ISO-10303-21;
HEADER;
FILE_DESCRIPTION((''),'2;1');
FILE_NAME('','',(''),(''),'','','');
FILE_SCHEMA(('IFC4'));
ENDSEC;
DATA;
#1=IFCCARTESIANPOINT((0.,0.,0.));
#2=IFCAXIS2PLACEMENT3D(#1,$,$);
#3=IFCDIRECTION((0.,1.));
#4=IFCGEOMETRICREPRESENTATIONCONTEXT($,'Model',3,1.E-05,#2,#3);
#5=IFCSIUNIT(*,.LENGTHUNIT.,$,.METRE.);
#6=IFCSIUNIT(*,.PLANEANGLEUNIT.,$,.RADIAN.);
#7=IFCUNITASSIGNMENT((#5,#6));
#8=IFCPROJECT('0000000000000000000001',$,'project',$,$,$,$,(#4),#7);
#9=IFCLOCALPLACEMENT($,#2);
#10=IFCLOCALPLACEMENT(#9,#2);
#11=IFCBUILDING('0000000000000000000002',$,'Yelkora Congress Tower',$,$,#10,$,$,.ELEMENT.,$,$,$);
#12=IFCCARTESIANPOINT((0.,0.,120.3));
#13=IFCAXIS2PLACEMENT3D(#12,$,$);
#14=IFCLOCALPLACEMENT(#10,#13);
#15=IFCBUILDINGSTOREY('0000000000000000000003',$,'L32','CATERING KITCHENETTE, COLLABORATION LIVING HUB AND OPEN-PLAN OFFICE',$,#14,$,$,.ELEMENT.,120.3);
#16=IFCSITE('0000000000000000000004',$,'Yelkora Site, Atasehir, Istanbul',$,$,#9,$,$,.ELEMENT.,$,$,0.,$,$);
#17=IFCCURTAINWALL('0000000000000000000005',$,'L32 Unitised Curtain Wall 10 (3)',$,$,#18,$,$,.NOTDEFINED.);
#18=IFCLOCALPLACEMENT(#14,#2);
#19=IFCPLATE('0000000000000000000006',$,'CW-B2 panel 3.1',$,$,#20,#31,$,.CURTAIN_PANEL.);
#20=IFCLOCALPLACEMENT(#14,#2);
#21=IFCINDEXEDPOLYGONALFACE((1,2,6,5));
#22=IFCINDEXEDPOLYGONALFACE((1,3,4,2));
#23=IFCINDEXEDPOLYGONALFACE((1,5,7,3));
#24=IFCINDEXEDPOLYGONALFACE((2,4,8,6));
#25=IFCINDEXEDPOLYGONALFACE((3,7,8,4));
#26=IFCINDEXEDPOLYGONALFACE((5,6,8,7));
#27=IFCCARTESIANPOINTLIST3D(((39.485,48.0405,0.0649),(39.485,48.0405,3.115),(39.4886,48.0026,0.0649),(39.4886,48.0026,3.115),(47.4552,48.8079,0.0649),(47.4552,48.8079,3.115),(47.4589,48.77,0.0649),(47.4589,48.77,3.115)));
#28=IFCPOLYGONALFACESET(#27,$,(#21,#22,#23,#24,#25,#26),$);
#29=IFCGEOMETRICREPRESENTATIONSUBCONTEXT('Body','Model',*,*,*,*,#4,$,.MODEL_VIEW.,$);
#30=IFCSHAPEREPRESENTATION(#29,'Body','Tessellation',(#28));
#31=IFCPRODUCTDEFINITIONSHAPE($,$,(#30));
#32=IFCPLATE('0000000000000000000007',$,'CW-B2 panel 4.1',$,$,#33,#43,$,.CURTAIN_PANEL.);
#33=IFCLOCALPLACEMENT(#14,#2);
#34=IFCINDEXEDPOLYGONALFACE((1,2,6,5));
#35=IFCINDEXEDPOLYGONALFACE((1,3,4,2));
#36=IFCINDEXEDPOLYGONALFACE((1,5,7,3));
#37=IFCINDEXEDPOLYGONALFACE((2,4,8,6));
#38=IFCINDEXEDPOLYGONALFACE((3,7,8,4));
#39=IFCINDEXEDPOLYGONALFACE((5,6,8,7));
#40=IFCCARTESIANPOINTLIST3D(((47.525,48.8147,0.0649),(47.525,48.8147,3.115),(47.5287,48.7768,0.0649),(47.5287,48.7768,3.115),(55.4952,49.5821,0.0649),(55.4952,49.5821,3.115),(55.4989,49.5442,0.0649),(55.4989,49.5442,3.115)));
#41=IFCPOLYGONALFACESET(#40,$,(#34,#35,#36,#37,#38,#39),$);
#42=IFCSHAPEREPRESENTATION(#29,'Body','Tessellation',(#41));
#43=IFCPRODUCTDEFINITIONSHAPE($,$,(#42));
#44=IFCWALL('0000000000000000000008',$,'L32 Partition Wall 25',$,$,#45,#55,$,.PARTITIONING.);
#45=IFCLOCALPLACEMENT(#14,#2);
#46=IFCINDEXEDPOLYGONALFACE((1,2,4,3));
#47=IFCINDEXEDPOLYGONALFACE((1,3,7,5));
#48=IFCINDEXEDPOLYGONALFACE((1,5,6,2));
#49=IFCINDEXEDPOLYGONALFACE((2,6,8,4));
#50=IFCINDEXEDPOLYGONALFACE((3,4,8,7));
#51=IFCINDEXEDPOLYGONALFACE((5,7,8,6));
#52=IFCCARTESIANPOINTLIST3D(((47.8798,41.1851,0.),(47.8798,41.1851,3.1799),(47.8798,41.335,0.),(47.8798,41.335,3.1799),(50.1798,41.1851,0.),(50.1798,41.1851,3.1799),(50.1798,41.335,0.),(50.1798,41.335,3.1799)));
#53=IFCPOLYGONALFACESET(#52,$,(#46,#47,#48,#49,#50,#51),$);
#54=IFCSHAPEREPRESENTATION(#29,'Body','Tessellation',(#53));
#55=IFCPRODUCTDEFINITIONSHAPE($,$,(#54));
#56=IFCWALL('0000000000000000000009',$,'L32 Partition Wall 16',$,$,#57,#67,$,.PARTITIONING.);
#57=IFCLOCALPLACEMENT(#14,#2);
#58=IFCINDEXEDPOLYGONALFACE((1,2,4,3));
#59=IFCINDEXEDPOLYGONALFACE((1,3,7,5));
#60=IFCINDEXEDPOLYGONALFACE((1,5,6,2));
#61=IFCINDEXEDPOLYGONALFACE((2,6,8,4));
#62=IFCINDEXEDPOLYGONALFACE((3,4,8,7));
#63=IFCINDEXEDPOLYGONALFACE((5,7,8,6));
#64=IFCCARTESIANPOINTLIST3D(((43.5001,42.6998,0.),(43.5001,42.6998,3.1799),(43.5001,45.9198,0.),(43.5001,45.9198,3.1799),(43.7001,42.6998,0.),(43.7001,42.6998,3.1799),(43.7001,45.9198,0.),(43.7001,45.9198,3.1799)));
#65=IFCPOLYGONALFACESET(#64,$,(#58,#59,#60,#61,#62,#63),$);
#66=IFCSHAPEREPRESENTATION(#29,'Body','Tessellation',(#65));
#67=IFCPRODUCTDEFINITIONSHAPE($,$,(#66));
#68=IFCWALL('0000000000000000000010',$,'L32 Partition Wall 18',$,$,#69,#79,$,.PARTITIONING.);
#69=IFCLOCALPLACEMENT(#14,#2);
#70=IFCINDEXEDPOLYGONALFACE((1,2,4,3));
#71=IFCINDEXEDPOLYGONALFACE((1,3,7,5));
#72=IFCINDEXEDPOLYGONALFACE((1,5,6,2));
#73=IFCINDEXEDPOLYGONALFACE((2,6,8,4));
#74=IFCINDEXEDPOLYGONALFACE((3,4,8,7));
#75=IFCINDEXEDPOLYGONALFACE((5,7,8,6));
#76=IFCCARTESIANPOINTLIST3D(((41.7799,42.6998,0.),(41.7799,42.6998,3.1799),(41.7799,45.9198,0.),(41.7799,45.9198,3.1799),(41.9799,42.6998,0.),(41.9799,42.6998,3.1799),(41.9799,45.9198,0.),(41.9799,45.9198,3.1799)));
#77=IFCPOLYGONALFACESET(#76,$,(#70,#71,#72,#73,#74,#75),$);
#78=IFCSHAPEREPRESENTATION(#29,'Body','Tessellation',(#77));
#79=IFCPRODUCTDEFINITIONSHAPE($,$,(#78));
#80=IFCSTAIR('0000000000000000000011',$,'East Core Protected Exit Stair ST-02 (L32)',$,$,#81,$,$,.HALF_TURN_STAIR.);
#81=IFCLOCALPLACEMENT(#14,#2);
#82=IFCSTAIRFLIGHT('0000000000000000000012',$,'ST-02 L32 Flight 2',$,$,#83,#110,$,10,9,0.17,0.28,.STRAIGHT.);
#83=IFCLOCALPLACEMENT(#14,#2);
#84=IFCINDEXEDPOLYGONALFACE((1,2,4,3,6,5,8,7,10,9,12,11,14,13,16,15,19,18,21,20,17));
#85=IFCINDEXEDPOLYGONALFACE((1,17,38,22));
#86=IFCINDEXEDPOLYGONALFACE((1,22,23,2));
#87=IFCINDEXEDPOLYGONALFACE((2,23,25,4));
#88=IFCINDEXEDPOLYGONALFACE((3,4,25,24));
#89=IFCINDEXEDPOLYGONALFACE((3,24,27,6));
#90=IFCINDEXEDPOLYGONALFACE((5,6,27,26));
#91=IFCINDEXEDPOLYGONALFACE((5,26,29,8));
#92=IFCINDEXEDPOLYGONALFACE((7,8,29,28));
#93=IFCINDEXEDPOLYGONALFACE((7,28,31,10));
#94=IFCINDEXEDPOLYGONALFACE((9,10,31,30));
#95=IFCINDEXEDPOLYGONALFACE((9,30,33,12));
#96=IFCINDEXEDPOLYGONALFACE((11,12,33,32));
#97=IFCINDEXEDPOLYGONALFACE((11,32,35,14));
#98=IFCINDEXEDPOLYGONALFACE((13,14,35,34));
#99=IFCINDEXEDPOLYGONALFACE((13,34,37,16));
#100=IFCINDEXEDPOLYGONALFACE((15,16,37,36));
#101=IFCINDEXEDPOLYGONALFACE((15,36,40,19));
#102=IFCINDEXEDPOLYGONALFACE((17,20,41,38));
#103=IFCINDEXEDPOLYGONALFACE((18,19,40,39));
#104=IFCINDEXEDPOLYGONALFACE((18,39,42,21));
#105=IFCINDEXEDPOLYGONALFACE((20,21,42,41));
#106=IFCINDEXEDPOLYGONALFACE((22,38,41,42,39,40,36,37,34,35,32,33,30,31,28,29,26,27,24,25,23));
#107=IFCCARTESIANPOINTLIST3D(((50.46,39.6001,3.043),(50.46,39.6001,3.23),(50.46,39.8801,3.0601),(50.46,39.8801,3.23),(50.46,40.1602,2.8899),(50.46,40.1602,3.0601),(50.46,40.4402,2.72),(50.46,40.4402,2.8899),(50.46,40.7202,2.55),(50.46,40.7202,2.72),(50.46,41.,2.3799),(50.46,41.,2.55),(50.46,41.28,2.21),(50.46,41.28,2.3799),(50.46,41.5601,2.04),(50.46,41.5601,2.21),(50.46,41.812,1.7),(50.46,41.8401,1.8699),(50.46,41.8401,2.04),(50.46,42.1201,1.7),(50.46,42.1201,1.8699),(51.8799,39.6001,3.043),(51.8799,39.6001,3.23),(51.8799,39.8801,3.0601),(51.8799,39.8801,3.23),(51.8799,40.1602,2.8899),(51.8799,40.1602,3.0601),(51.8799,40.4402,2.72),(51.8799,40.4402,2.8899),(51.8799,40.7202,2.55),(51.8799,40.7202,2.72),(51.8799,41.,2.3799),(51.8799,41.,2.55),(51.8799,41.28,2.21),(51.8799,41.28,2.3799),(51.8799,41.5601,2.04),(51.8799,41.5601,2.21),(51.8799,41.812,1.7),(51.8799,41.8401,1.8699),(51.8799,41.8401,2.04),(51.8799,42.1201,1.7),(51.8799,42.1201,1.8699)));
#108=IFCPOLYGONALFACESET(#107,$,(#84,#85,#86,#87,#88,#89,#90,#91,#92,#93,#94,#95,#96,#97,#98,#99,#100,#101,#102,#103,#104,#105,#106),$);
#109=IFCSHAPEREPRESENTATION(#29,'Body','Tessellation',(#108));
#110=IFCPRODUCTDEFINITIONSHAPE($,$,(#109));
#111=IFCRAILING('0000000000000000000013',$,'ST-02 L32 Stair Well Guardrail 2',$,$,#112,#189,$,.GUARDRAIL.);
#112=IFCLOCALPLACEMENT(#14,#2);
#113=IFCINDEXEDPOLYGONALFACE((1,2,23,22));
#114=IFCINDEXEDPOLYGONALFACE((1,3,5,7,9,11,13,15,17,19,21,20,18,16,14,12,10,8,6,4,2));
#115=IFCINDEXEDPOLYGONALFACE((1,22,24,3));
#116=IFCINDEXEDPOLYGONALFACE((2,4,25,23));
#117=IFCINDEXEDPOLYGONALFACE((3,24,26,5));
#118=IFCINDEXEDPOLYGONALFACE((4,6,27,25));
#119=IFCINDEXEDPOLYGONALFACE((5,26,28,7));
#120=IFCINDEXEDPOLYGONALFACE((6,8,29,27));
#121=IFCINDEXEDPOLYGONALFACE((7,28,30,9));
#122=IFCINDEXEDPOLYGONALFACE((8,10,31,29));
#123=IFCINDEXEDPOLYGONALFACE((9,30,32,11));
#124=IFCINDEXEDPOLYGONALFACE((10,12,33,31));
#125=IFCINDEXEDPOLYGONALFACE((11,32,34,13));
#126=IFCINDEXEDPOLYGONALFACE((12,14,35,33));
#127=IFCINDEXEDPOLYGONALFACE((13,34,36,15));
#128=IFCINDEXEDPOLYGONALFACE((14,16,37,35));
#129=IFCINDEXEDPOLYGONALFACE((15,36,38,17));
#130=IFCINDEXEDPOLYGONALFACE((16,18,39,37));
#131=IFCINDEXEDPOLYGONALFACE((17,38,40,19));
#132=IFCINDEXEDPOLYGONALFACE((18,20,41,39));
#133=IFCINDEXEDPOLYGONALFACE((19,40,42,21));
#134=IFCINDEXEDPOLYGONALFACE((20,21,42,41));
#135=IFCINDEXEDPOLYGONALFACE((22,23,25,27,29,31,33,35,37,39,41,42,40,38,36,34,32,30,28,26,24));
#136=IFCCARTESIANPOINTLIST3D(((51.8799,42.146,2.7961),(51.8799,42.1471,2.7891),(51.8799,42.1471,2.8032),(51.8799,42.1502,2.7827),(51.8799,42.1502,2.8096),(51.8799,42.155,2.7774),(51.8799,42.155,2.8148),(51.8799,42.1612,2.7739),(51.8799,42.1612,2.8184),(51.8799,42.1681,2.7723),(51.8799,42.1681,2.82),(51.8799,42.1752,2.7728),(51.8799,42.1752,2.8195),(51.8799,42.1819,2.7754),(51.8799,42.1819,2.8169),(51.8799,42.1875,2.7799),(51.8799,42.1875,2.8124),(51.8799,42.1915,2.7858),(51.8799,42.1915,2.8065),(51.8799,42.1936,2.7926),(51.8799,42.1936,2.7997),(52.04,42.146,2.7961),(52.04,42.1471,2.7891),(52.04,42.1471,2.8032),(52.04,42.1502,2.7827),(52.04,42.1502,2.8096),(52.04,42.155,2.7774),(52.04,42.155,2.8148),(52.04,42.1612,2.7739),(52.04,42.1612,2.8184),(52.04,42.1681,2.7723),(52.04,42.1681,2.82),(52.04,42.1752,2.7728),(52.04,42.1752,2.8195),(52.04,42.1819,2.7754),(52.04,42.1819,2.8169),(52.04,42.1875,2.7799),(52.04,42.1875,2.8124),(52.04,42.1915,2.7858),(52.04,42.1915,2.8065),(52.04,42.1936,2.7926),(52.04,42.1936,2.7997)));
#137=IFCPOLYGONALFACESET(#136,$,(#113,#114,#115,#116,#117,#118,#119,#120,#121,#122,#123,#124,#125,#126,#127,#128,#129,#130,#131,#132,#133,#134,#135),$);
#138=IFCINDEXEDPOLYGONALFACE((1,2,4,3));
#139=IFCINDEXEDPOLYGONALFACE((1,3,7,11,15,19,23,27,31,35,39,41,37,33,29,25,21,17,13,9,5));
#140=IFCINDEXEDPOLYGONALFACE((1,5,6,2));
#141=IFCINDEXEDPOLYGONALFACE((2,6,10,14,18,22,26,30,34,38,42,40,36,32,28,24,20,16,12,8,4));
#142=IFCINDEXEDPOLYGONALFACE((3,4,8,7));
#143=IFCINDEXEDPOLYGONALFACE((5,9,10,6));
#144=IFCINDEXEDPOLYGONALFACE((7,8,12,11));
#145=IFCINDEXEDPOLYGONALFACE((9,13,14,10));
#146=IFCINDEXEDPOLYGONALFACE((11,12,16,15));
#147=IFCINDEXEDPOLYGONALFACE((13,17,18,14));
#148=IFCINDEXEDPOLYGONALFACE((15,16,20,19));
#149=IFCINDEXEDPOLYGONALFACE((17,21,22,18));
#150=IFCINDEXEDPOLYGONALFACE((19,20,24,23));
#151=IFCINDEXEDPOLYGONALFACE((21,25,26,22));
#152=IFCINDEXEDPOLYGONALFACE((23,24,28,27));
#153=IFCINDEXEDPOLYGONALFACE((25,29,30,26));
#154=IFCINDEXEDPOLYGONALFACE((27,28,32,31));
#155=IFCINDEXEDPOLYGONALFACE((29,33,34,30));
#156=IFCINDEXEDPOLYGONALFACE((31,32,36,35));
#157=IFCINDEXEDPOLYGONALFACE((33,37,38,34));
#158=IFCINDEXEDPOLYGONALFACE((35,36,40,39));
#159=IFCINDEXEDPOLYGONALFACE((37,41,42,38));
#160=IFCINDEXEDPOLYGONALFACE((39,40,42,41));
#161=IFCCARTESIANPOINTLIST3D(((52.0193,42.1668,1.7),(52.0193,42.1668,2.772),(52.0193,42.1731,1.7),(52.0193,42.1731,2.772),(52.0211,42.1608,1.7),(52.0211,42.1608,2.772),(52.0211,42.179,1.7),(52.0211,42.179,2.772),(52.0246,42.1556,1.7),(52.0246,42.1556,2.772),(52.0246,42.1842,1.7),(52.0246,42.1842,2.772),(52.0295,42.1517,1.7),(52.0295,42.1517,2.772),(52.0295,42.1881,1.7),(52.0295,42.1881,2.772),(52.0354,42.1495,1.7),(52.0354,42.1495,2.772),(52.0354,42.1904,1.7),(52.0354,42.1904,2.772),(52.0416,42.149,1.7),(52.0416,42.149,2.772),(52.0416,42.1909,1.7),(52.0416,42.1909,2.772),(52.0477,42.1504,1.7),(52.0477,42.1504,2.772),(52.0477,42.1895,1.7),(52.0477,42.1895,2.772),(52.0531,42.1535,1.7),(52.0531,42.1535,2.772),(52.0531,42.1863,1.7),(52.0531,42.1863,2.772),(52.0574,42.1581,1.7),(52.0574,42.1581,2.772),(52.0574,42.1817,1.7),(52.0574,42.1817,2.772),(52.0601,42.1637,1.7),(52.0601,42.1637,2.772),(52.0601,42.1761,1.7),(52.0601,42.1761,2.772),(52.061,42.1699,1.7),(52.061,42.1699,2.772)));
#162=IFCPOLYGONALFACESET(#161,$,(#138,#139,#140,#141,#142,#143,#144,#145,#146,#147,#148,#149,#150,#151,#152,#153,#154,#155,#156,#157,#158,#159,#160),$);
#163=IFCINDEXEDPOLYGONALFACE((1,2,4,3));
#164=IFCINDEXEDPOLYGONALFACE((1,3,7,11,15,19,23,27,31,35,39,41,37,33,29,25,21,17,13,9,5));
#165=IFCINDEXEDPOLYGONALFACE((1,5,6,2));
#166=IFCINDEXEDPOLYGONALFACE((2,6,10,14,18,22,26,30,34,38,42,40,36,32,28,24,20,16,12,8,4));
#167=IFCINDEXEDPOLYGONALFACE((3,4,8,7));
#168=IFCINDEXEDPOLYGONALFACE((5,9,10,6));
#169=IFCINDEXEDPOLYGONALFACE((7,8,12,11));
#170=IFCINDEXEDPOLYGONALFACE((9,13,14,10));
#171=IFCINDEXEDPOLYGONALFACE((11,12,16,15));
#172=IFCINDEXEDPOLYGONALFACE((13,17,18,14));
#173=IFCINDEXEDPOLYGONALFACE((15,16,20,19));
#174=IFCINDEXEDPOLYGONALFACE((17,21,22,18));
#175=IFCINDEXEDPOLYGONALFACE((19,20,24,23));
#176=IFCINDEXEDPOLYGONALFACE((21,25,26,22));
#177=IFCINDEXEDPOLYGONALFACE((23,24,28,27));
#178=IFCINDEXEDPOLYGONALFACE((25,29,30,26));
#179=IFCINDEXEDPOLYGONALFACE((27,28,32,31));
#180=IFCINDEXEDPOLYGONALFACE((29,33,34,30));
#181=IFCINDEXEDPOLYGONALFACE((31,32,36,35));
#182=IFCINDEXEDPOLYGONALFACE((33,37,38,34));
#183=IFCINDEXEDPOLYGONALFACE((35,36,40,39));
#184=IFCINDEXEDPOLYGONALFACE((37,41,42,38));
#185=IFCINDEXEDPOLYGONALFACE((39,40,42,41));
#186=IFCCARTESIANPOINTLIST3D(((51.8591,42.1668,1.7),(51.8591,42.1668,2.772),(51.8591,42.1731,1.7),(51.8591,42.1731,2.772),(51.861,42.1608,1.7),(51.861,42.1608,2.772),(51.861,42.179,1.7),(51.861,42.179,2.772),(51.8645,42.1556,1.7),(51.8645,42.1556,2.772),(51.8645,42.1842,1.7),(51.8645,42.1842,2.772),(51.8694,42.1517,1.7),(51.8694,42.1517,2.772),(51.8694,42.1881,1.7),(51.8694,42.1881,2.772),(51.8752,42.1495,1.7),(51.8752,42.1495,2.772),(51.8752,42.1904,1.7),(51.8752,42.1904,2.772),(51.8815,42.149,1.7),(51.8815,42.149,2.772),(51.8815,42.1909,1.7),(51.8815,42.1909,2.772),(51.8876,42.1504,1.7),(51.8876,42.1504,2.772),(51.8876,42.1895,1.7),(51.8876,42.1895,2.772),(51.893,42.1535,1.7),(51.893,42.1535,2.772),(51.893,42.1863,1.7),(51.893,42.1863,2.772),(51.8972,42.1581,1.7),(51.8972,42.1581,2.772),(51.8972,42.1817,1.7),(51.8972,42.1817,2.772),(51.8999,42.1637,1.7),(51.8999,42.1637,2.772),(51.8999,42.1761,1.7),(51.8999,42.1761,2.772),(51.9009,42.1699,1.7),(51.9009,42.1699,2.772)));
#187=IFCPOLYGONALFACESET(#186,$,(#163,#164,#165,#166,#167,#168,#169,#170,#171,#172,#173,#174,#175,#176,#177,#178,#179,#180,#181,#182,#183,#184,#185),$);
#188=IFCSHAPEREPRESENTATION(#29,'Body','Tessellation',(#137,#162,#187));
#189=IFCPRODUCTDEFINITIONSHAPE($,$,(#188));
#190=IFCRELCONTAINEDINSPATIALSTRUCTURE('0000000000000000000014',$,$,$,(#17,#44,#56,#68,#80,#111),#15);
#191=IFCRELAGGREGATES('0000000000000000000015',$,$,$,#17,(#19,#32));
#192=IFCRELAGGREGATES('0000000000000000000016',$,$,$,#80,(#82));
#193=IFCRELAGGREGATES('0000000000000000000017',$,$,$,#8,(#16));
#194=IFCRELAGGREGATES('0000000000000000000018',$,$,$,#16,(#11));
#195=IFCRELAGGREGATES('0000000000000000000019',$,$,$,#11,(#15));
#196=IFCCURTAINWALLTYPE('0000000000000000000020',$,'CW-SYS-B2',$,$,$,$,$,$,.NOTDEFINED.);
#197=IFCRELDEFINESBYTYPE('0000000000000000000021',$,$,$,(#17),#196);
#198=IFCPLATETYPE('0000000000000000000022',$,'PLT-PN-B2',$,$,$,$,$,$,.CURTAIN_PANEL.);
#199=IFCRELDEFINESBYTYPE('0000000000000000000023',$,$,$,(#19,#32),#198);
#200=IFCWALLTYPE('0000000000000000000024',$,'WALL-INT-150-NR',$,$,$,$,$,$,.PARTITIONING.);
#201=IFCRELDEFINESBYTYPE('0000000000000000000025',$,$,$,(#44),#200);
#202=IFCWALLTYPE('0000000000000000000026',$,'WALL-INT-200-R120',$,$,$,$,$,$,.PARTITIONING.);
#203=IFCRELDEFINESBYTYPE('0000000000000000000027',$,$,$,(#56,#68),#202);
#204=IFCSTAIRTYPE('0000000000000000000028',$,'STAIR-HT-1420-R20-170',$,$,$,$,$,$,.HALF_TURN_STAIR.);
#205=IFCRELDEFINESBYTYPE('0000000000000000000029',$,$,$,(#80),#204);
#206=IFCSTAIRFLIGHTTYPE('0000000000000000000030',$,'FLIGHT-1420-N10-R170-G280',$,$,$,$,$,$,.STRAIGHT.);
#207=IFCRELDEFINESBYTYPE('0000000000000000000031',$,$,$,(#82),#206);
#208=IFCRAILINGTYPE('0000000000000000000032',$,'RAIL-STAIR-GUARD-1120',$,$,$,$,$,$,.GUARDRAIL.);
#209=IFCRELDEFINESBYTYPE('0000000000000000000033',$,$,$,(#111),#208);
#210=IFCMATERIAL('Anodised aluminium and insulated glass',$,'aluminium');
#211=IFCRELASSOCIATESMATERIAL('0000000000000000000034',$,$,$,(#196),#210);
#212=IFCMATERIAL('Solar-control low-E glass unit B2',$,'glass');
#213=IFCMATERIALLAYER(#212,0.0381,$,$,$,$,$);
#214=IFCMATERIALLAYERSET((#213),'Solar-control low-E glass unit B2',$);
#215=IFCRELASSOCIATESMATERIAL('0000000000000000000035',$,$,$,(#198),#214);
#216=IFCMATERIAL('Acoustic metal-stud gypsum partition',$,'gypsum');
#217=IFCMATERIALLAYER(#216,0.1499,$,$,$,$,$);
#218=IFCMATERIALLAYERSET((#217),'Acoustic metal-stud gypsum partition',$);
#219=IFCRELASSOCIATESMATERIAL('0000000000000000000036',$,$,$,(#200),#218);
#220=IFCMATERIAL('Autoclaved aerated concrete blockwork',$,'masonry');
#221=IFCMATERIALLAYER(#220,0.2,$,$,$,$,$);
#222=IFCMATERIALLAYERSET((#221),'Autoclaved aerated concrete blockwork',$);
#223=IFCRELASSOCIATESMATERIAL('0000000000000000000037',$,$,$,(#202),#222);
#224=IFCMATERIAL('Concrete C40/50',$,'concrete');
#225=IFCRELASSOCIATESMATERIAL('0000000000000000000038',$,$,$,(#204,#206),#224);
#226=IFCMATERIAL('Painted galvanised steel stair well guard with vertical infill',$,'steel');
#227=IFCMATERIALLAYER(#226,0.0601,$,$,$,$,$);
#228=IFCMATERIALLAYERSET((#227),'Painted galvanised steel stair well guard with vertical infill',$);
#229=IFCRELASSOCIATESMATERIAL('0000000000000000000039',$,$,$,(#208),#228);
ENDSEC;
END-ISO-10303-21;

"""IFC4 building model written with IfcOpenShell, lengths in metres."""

from ifc_helpers import new_model, si_unit, direction, frame, frame_2d, origin, origin_2d, place, context, subcontext, project, spatial, polyline, rectangle, circle, outline, extrude, material, layer, layer_set, type_object, element, aggregate, save


model = new_model("IFC4")

# Units and contexts
model_context = context("Model", 3, precision=1e-05, world=origin(), true_north=direction((0.0, 1.0)))
body_context = subcontext(model_context, "Body", "Model", "MODEL_VIEW")
ifc_project = project(units=[si_unit("LENGTHUNIT", "METRE"), si_unit("PLANEANGLEUNIT", "RADIAN")], contexts=[model_context])

# Site, building, storey
site_placement = place(None, origin())
site = spatial("IfcSite", under=ifc_project, at=site_placement, Name="Yelkora Site, Atasehir, Istanbul", CompositionType="ELEMENT", RefElevation=0.0)
building_placement = place(site_placement, origin())
building = spatial("IfcBuilding", under=site, at=building_placement, Name="Yelkora Congress Tower", CompositionType="ELEMENT")
storey_placement = place(building_placement, frame((0.0, 0.0, 120.3)))
storey = spatial("IfcBuildingStorey", under=building, at=storey_placement, Name="L32", Description="CATERING KITCHENETTE, COLLABORATION LIVING HUB AND OPEN-PLAN OFFICE", CompositionType="ELEMENT", Elevation=120.3)

# Curtain wall, plates
ifc_material_1 = material(Name="Anodised aluminium and insulated glass", Category="aluminium")
curtain_wall_type = type_object("IfcCurtainWallType", Name="CW-SYS-B2", PredefinedType="NOTDEFINED", material=ifc_material_1)
curtain_wall_placement = place(storey_placement, origin())
curtain_wall = element("IfcCurtainWall", 1, at=curtain_wall_placement, inside=storey, type_object=curtain_wall_type, Name="L32 Unitised Curtain Wall 10 (3)", PredefinedType="NOTDEFINED")
ifc_material_2 = material(Name="Solar-control low-E glass unit B2", Category="glass")
ifc_layer_1 = layer(ifc_material_2, 0.0381)
ifc_layer_set_1 = layer_set([ifc_layer_1], Name="Solar-control low-E glass unit B2")
plate_type = type_object("IfcPlateType", Name="PLT-PN-B2", PredefinedType="CURTAIN_PANEL", material=ifc_layer_set_1)
plate_1_placement = place(storey_placement, frame((43.4719, 48.4053, 0.0649), z_axis=(0.0, 0.0, 1.0), x_axis=(0.995396, 0.095844, 0.0)))
plate_1 = element("IfcPlate", 2, at=plate_1_placement, type_object=plate_type, Name="CW-B2 panel 3.1", PredefinedType="CURTAIN_PANEL", context=body_context, shape_type="SweptSolid", body=[
    extrude(rectangle(XDim=8.0071, YDim=0.0381, at=origin_2d()), origin(), (0.0, 0.0, 1.0), 3.05),
])
plate_2_placement = place(storey_placement, frame((51.512, 49.1794, 0.0649), z_axis=(0.0, 0.0, 1.0), x_axis=(0.995396, 0.095844, 0.0)))
plate_2 = element("IfcPlate", 3, at=plate_2_placement, type_object=plate_type, Name="CW-B2 panel 4.1", PredefinedType="CURTAIN_PANEL", context=body_context, shape_type="SweptSolid", body=[
    extrude(rectangle(XDim=8.0071, YDim=0.0381, at=origin_2d()), origin(), (0.0, 0.0, 1.0), 3.05),
])
aggregate(curtain_wall, [plate_1, plate_2])

# Shared definitions
ifc_material_3 = material(Name="Acoustic metal-stud gypsum partition", Category="gypsum")
ifc_layer_2 = layer(ifc_material_3, 0.1499)
ifc_layer_set_2 = layer_set([ifc_layer_2], Name="Acoustic metal-stud gypsum partition")
wall_type_1 = type_object("IfcWallType", Name="WALL-INT-150-NR", PredefinedType="PARTITIONING", material=ifc_layer_set_2)

# Walls
wall_1_placement = place(storey_placement, frame((47.8799, 41.26, 0.0), z_axis=(0.0, 0.0, 1.0), x_axis=(1.0, 0.0, 0.0)))
element("IfcWall", 4, at=wall_1_placement, inside=storey, type_object=wall_type_1, Name="L32 Partition Wall 25", PredefinedType="PARTITIONING", context=body_context, shape_type="SweptSolid", body=[
    extrude(rectangle(XDim=2.3, YDim=0.1499, at=frame_2d((1.1499, 0.0))), origin(), (0.0, 0.0, 1.0), 3.1799),
])
ifc_material_4 = material(Name="Autoclaved aerated concrete blockwork", Category="masonry")
ifc_layer_3 = layer(ifc_material_4, 0.2)
ifc_layer_set_3 = layer_set([ifc_layer_3], Name="Autoclaved aerated concrete blockwork")
wall_type_2 = type_object("IfcWallType", Name="WALL-INT-200-R120", PredefinedType="PARTITIONING", material=ifc_layer_set_3)
for number, where, z_axis, x_axis, name in (
    (5, (43.6001, 42.7, 0.0), (0.0, 0.0, 1.0), (0.0, 1.0, 0.0), "L32 Partition Wall 16"),
    (6, (41.8799, 42.7, 0.0), (0.0, 0.0, 1.0), (0.0, 1.0, 0.0), "L32 Partition Wall 18"),
):
    element("IfcWall", number, at=place(storey_placement, frame(where, z_axis=z_axis, x_axis=x_axis)), inside=storey, type_object=wall_type_2, Name=name, PredefinedType="PARTITIONING", context=body_context, shape_type="SweptSolid", body=[
        extrude(rectangle(XDim=3.22, YDim=0.2, at=frame_2d((1.6099, 0.0))), origin(), (0.0, 0.0, 1.0), 3.1799),
    ])

# Stair, stair flight
ifc_material_5 = material(Name="Concrete C40/50", Category="concrete")
stair_type = type_object("IfcStairType", Name="STAIR-HT-1420-R20-170", PredefinedType="HALF_TURN_STAIR", material=ifc_material_5)
stair_placement = place(storey_placement, origin())
stair = element("IfcStair", 7, at=stair_placement, inside=storey, type_object=stair_type, Name="East Core Protected Exit Stair ST-02 (L32)", PredefinedType="HALF_TURN_STAIR")
stair_flight_type = type_object("IfcStairFlightType", Name="FLIGHT-1420-N10-R170-G280", PredefinedType="STRAIGHT", material=ifc_material_5)
stair_flight_placement = place(storey_placement, frame((51.1699, 42.1201, 1.7), z_axis=(0.0, 0.0, 1.0), x_axis=(0.0, -1.0, 0.0)))
stair_flight = element("IfcStairFlight", 8, at=stair_flight_placement, type_object=stair_flight_type, Name="ST-02 L32 Flight 2", NumberOfRisers=10, NumberOfTreads=9, PredefinedType="STRAIGHT", RiserHeight=0.17, TreadLength=0.28, context=body_context, shape_type="SweptSolid", body=[
    extrude(outline(polyline([(0.0, 0.0), (0.0, 0.1699), (0.28, 0.1699), (0.28, 0.3401), (0.5601, 0.3401), (0.5601, 0.51), (0.8401, 0.51), (0.8401, 0.6799), (1.1201, 0.6799), (1.1201, 0.8501), (1.3999, 0.8501), (1.3999, 1.02), (1.6799, 1.02), (1.6799, 1.1899), (1.96, 1.1899), (1.96, 1.3601), (2.24, 1.3601), (2.24, 1.53), (2.52, 1.53), (2.52, 1.7), (2.52, 1.343), (0.3081, 0.0), (0.0, 0.0)])), frame((0.0, 0.71, 0.0), z_axis=(0.0, -1.0, 0.0), x_axis=(1.0, 0.0, 0.0)), (0.0, 0.0, 1.0), 1.4199),
])
aggregate(stair, [stair_flight])

# Railing
ifc_material_6 = material(Name="Painted galvanised steel stair well guard with vertical infill", Category="steel")
ifc_layer_4 = layer(ifc_material_6, 0.0601)
ifc_layer_set_4 = layer_set([ifc_layer_4], Name="Painted galvanised steel stair well guard with vertical infill")
railing_type_1 = type_object("IfcRailingType", Name="RAIL-STAIR-GUARD-1120", PredefinedType="GUARDRAIL", material=ifc_layer_set_4)
railing_1_placement = place(storey_placement, frame((52.04, 42.1699, 1.7)))
element("IfcRailing", 9, at=railing_1_placement, inside=storey, type_object=railing_type_1, Name="ST-02 L32 Stair Well Guardrail 2", PredefinedType="GUARDRAIL", context=body_context, shape_type="SweptSolid", body=[
    extrude(circle(Radius=0.0239, at=origin_2d()), frame((0.0, 0.0, 1.0962), z_axis=(-1.0, 0.0, 0.0), x_axis=(0.0, -1.0, 0.0)), (0.0, 0.0, 1.0), 0.1602),
    extrude(circle(Radius=0.021, at=origin_2d()), origin(), (0.0, 0.0, 1.0), 1.072),
    extrude(circle(Radius=0.021, at=origin_2d()), frame((-0.1602, 0.0, 0.0)), (0.0, 0.0, 1.0), 1.072),
])

save(model, "model.ifc")
